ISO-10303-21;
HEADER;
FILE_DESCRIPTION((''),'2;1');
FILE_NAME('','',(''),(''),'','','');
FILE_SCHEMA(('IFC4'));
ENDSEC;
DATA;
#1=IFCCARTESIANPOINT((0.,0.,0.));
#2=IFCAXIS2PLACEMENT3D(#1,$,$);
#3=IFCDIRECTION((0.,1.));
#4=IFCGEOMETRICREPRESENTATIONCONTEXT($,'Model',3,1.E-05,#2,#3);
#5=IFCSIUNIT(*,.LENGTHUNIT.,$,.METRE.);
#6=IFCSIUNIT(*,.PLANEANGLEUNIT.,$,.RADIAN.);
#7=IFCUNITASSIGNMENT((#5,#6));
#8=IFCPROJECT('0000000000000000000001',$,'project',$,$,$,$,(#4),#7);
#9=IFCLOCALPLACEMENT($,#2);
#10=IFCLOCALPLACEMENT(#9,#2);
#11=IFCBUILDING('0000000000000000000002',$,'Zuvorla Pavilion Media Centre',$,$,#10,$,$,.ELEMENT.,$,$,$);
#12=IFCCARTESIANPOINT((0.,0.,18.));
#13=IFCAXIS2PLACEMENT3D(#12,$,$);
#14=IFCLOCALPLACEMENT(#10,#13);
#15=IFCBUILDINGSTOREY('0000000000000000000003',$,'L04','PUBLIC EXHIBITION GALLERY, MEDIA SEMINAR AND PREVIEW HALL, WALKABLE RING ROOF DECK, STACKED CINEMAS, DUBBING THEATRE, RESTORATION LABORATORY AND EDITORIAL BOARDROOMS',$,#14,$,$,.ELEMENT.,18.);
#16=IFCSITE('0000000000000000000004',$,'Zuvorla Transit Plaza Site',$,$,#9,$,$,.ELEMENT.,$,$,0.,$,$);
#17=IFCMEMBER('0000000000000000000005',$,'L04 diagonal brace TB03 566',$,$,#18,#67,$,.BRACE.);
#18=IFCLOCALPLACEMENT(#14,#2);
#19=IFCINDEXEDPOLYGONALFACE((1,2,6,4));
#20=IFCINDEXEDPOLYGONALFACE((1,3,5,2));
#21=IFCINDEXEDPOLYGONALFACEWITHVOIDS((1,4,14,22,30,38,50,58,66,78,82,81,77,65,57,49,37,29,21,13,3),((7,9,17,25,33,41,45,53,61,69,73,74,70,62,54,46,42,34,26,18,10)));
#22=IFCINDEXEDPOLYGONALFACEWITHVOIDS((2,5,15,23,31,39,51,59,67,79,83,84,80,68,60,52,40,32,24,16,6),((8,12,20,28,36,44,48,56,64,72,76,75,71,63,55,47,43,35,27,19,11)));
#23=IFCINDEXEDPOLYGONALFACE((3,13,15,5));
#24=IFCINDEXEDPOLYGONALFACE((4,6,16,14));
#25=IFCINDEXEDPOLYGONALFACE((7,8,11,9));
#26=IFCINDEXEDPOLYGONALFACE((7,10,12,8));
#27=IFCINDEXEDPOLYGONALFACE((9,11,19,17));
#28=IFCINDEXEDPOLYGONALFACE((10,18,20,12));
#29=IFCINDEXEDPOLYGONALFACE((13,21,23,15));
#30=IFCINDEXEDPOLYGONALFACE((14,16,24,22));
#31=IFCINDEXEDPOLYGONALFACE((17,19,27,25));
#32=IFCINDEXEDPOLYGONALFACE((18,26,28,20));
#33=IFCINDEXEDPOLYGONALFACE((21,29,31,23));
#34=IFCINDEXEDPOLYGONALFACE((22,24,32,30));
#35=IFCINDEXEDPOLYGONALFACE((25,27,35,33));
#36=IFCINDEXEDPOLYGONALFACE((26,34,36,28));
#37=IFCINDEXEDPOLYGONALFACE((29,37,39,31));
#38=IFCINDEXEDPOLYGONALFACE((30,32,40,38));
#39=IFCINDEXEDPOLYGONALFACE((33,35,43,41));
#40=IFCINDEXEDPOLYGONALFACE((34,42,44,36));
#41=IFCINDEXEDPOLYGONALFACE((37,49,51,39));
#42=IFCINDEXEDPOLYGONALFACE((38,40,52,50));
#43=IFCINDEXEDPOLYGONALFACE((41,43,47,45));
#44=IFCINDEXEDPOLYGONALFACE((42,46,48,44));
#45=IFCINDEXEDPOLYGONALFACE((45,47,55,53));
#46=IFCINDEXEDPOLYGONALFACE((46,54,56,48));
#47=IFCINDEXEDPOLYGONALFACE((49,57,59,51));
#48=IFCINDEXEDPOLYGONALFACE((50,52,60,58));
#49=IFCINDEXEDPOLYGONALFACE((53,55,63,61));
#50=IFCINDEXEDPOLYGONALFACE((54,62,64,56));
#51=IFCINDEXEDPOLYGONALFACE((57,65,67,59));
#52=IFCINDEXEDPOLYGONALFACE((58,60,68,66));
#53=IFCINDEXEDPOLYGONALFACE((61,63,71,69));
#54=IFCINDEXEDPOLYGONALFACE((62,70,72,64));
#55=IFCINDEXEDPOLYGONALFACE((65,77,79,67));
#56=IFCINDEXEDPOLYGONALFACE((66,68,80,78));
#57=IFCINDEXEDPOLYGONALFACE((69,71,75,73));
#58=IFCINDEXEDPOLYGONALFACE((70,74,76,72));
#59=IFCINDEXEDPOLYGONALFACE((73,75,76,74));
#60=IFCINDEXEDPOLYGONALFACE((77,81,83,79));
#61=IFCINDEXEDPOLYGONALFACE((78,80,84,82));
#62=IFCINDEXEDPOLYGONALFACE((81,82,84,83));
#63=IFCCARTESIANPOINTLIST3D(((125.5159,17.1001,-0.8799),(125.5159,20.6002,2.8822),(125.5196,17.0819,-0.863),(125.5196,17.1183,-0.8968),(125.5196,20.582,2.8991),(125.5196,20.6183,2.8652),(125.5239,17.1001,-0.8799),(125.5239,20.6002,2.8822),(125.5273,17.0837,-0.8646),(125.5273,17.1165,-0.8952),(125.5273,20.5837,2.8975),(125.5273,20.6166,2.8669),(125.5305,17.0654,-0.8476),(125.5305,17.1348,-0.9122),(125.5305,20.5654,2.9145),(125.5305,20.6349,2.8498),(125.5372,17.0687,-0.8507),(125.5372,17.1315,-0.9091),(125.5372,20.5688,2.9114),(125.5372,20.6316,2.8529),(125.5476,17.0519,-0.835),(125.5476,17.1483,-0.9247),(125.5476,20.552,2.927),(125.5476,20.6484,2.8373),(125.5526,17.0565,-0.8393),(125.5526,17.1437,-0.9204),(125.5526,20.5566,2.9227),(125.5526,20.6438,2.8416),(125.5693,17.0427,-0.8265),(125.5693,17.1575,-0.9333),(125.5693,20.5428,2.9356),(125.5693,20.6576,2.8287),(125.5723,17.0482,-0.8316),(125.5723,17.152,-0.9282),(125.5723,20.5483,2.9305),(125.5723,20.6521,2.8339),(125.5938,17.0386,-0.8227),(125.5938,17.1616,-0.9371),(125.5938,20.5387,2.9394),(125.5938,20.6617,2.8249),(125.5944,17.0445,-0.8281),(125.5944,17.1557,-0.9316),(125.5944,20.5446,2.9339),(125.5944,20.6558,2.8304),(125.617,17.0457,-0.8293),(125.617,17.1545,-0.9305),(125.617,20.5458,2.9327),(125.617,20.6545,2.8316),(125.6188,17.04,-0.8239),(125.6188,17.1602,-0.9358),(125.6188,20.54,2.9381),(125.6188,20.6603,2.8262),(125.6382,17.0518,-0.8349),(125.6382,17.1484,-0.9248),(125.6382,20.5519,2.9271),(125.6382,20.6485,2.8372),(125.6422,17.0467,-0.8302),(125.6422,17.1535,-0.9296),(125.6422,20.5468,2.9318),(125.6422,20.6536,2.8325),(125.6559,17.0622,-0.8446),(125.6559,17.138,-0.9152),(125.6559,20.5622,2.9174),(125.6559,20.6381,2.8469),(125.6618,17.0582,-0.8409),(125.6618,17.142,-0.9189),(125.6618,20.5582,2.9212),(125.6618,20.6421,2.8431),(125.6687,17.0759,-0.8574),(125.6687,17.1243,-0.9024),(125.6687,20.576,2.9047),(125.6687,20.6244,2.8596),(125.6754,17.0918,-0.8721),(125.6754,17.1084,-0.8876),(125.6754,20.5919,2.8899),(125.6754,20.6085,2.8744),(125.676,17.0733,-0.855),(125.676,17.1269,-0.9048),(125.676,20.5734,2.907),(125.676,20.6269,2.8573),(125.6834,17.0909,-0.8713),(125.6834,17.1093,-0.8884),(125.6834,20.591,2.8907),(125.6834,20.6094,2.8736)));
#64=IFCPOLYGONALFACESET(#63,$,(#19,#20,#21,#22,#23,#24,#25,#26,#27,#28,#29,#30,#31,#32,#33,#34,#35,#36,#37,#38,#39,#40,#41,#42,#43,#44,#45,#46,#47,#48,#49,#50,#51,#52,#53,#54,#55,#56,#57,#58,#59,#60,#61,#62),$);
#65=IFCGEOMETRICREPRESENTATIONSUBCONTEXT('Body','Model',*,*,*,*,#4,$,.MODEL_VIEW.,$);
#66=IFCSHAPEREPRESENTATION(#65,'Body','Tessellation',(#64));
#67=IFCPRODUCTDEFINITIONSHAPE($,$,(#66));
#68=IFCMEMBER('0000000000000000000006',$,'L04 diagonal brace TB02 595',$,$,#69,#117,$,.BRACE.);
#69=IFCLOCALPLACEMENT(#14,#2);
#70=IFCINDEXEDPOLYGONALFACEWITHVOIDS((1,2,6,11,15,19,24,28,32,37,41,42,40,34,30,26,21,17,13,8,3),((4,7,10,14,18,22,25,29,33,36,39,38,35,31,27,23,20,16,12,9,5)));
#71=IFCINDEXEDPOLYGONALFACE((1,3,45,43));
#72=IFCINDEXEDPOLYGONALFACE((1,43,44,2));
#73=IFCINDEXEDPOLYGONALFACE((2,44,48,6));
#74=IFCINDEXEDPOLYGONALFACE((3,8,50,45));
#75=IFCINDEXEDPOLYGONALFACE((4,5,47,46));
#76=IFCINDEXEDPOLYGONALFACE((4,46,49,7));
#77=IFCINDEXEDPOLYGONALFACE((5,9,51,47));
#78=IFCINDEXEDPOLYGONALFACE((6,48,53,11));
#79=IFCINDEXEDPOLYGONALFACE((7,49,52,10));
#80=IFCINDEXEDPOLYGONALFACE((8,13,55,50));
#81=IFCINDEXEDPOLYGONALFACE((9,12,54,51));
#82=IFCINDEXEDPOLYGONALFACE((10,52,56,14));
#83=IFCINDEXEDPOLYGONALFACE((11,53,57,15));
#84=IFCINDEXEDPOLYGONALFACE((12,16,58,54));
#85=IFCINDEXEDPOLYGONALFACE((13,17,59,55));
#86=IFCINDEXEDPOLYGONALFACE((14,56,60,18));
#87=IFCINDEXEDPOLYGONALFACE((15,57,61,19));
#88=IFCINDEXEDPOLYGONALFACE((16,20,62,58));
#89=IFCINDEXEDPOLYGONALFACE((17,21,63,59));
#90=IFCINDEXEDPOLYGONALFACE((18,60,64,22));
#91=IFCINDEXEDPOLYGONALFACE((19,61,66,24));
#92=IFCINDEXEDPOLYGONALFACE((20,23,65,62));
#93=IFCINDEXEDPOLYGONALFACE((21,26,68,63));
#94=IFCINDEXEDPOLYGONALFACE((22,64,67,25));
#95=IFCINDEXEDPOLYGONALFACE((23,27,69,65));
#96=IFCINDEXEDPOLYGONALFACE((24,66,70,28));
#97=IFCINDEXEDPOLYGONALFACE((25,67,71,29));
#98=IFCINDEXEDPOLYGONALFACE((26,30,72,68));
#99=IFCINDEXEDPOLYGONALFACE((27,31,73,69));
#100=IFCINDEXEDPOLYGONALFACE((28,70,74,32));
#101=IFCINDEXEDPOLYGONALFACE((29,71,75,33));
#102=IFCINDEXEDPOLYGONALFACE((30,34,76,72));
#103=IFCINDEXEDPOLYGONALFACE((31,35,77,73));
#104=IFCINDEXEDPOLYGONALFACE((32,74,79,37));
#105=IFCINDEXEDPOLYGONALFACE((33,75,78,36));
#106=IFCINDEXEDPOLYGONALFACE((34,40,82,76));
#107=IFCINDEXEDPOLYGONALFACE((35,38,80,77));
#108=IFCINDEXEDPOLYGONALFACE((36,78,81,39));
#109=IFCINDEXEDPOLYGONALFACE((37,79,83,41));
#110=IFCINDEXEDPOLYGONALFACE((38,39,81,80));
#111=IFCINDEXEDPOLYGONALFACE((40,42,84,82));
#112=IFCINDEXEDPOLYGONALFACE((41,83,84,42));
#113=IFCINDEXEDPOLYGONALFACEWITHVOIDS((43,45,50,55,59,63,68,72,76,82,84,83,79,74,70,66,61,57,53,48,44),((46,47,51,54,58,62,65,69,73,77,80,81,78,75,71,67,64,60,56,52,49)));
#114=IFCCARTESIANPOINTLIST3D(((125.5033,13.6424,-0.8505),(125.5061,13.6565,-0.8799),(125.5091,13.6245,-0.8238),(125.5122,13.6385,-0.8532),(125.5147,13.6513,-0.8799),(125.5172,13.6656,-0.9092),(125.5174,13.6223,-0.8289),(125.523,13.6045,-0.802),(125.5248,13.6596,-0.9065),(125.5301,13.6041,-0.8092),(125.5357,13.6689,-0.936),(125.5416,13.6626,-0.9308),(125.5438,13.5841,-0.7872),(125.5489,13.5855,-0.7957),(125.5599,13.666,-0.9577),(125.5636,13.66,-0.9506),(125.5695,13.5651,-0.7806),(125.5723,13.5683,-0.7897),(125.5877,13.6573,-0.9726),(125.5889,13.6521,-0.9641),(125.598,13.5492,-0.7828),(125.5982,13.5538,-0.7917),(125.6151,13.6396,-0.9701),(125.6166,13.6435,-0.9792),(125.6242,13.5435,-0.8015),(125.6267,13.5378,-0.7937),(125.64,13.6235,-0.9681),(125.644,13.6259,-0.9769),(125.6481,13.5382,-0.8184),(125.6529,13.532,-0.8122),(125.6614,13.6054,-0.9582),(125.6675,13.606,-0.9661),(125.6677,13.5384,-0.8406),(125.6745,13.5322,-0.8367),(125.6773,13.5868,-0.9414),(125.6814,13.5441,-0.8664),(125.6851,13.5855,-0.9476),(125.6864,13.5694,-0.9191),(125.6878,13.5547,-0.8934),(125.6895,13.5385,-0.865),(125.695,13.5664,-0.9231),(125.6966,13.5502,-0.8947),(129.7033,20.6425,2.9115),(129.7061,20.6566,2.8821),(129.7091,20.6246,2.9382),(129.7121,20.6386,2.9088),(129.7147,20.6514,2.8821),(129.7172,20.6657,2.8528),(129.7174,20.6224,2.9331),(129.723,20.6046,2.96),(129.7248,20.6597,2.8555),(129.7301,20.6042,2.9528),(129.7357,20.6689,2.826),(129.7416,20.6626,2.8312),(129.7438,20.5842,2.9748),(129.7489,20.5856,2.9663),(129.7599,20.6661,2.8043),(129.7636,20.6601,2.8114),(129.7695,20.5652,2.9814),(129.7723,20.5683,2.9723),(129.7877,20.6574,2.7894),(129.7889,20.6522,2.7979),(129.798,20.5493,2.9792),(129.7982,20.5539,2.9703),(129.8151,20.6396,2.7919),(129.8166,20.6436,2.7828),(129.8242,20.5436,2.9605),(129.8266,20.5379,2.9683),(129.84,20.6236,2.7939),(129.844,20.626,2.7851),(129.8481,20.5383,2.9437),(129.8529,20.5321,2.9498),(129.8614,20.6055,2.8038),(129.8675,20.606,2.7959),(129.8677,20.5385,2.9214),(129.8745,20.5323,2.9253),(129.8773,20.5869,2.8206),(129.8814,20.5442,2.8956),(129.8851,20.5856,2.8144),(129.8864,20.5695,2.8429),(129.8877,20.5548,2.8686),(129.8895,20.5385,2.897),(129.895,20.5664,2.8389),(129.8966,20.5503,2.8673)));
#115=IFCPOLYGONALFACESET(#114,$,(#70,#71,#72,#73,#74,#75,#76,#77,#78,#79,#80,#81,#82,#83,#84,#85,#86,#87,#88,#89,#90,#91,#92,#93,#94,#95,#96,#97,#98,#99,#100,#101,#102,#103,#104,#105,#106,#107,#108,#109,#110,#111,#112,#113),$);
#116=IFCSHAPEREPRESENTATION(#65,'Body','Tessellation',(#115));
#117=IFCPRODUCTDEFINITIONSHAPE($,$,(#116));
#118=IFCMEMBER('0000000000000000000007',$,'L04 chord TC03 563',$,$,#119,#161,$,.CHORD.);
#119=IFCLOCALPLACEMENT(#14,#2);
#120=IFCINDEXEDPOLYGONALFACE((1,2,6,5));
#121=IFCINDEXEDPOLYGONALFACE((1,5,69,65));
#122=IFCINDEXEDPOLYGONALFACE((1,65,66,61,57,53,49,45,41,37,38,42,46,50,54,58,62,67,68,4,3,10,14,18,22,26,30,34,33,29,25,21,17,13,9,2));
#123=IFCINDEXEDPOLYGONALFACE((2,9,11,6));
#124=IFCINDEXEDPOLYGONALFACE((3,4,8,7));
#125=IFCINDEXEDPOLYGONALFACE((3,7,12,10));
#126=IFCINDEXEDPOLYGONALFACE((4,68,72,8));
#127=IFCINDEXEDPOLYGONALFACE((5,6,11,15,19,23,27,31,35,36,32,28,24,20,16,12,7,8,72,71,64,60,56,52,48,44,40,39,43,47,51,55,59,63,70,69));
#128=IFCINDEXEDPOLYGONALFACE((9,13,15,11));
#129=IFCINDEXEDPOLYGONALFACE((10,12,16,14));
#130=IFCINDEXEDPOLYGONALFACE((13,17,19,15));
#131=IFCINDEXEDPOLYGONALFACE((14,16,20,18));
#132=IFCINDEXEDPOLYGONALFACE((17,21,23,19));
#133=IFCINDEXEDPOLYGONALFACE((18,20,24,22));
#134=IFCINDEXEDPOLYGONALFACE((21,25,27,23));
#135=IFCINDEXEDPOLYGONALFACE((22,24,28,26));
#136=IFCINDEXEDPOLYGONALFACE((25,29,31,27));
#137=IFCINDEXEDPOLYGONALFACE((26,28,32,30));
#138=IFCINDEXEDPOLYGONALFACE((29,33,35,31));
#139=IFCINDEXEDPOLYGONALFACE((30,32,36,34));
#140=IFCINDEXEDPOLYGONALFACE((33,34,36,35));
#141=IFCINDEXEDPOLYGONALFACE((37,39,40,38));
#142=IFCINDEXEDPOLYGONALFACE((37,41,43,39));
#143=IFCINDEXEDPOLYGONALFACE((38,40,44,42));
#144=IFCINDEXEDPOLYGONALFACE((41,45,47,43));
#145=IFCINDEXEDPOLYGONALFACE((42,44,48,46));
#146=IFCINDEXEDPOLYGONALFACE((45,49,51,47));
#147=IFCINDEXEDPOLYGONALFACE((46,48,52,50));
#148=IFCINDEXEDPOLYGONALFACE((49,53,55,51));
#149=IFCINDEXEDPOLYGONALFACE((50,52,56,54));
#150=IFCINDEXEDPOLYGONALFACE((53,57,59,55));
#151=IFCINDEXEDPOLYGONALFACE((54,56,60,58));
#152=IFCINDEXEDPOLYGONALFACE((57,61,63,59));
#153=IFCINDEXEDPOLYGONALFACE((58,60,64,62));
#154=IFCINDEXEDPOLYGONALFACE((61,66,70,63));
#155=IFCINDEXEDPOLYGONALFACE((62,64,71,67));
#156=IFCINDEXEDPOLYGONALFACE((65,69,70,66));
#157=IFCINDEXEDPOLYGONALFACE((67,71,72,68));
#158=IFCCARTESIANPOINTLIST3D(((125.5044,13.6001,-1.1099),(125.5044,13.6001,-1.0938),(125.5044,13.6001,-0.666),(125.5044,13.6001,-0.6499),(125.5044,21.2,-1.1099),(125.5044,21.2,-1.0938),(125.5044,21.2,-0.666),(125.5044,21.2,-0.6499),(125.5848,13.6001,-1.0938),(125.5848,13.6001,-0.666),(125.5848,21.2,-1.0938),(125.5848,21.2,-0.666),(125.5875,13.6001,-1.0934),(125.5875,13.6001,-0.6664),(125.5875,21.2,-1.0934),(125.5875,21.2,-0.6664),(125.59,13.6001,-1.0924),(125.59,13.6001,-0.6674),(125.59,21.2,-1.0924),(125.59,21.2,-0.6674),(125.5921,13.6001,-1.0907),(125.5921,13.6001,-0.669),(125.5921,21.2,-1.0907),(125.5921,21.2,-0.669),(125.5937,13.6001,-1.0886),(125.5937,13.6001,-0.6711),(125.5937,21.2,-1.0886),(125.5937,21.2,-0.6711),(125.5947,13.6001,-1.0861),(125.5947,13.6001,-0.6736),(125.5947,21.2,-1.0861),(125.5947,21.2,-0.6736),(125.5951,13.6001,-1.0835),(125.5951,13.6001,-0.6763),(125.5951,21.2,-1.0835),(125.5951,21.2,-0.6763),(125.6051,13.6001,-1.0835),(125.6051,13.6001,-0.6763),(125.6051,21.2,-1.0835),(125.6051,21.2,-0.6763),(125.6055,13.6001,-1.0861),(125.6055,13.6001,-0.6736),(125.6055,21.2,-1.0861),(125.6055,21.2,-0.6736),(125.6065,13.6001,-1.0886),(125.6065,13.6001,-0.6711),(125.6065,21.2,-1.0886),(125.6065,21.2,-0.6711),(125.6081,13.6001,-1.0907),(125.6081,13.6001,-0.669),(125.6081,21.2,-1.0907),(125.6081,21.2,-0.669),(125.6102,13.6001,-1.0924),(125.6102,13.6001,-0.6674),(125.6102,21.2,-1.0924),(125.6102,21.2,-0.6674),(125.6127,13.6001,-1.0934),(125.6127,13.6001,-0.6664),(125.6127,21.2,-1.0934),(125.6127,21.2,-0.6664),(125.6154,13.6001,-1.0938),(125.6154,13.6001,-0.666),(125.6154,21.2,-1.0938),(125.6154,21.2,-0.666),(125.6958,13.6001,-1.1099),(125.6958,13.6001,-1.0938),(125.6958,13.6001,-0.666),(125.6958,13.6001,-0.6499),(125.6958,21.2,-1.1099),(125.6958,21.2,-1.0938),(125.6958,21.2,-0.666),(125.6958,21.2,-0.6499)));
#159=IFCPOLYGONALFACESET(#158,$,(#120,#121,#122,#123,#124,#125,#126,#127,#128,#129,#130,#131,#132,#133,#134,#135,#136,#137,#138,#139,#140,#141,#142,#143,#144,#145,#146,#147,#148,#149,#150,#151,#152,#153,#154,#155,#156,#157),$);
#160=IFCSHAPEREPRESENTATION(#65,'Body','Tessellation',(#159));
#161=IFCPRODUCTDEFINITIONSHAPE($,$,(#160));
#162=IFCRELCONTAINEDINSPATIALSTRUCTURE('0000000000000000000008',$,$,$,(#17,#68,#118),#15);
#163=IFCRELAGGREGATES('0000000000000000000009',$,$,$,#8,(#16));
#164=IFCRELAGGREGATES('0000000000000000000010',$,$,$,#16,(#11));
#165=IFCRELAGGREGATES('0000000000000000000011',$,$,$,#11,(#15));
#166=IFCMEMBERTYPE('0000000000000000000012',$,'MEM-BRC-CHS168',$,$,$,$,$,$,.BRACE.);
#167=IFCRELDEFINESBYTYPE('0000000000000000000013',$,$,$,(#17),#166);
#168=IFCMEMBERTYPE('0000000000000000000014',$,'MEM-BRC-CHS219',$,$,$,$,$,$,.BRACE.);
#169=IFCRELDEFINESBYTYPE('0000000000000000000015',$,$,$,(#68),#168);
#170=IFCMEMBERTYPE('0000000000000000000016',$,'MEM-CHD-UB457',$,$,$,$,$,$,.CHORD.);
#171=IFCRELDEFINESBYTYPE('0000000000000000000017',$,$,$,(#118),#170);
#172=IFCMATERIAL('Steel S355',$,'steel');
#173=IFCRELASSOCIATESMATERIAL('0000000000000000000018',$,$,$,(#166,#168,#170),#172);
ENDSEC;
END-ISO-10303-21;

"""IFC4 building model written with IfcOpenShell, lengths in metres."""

from ifc_helpers import new_model, si_unit, direction, frame, origin, origin_2d, place, context, subcontext, project, spatial, hollow_circle, i_section, extrude, material, material_profile, profile_set, type_object, element, save


model = new_model("IFC4")

# Units and contexts
model_context = context("Model", 3, precision=1e-05, world=origin(), true_north=direction((0.0, 1.0)))
body_context = subcontext(model_context, "Body", "Model", "MODEL_VIEW")
ifc_project = project(units=[si_unit("LENGTHUNIT", "METRE"), si_unit("PLANEANGLEUNIT", "RADIAN")], contexts=[model_context])

# Site, building, storey
site_placement = place(None, origin())
site = spatial("IfcSite", under=ifc_project, at=site_placement, Name="Zuvorla Transit Plaza Site", CompositionType="ELEMENT", RefElevation=0.0)
building_placement = place(site_placement, origin())
building = spatial("IfcBuilding", under=site, at=building_placement, Name="Zuvorla Pavilion Media Centre", CompositionType="ELEMENT")
storey_placement = place(building_placement, frame((0.0, 0.0, 18.0)))
storey = spatial("IfcBuildingStorey", under=building, at=storey_placement, Name="L04", Description="PUBLIC EXHIBITION GALLERY, MEDIA SEMINAR AND PREVIEW HALL, WALKABLE RING ROOF DECK, STACKED CINEMAS, DUBBING THEATRE, RESTORATION LABORATORY AND EDITORIAL BOARDROOMS", CompositionType="ELEMENT", Elevation=18.0)

# Shared definitions
ifc_material_1 = material(Name="Steel S355", Category="steel")

# Members
ifc_material_profile_1 = material_profile(ifc_material_1, hollow_circle(Radius=0.0842, WallThickness=0.0081, at=origin_2d()), Name="CHS 168.3x8")
ifc_profile_set_1 = profile_set([ifc_material_profile_1], Name="Steel S355")
member_type_1 = type_object("IfcMemberType", Name="MEM-BRC-CHS168", PredefinedType="BRACE", material=ifc_profile_set_1)
member_1_placement = place(storey_placement, frame((125.6001, 17.1001, -0.8799), z_axis=(0.0, 0.681156, 0.732138), x_axis=(-1.0, 0.0, 0.0)))
element("IfcMember", 1, at=member_1_placement, inside=storey, type_object=member_type_1, Name="L04 diagonal brace TB03 566", PredefinedType="BRACE", context=body_context, shape_type="SweptSolid", body=[
    extrude(hollow_circle(Radius=0.0842, WallThickness=0.0081, at=origin_2d()), origin(), (0.0, 0.0, 1.0), 5.1384),
])
ifc_material_profile_2 = material_profile(ifc_material_1, hollow_circle(Radius=0.1096, WallThickness=0.01, at=origin_2d()), Name="CHS 219.1x10")
ifc_profile_set_2 = profile_set([ifc_material_profile_2], Name="Steel S355")
member_type_2 = type_object("IfcMemberType", Name="MEM-BRC-CHS219", PredefinedType="BRACE", material=ifc_profile_set_2)
member_2_placement = place(storey_placement, frame((125.6001, 13.6001, -0.8799), z_axis=(0.467262, 0.778779, 0.418534), x_axis=(-0.857496, 0.514491, 0.0)))
element("IfcMember", 2, at=member_2_placement, inside=storey, type_object=member_type_2, Name="L04 diagonal brace TB02 595", PredefinedType="BRACE", context=body_context, shape_type="SweptSolid", body=[
    extrude(hollow_circle(Radius=0.1096, WallThickness=0.01, at=origin_2d()), origin(), (0.0, 0.0, 1.0), 8.9885),
])
ifc_material_profile_3 = material_profile(ifc_material_1, i_section(OverallWidth=0.1914, OverallDepth=0.46, WebThickness=0.01, FlangeThickness=0.0161, FilletRadius=0.0103, at=origin_2d()), Name="UB 457x191x82")
ifc_profile_set_3 = profile_set([ifc_material_profile_3], Name="Steel S355")
member_type_3 = type_object("IfcMemberType", Name="MEM-CHD-UB457", PredefinedType="CHORD", material=ifc_profile_set_3)
member_3_placement = place(storey_placement, frame((125.6001, 13.6001, -0.8799), z_axis=(0.0, 1.0, 0.0), x_axis=(-1.0, 0.0, 0.0)))
element("IfcMember", 3, at=member_3_placement, inside=storey, type_object=member_type_3, Name="L04 chord TC03 563", PredefinedType="CHORD", context=body_context, shape_type="SweptSolid", body=[
    extrude(i_section(OverallWidth=0.1914, OverallDepth=0.46, WebThickness=0.01, FlangeThickness=0.0161, FilletRadius=0.0103, at=origin_2d()), origin(), (0.0, 0.0, 1.0), 7.5999),
])

save(model, "model.ifc")
